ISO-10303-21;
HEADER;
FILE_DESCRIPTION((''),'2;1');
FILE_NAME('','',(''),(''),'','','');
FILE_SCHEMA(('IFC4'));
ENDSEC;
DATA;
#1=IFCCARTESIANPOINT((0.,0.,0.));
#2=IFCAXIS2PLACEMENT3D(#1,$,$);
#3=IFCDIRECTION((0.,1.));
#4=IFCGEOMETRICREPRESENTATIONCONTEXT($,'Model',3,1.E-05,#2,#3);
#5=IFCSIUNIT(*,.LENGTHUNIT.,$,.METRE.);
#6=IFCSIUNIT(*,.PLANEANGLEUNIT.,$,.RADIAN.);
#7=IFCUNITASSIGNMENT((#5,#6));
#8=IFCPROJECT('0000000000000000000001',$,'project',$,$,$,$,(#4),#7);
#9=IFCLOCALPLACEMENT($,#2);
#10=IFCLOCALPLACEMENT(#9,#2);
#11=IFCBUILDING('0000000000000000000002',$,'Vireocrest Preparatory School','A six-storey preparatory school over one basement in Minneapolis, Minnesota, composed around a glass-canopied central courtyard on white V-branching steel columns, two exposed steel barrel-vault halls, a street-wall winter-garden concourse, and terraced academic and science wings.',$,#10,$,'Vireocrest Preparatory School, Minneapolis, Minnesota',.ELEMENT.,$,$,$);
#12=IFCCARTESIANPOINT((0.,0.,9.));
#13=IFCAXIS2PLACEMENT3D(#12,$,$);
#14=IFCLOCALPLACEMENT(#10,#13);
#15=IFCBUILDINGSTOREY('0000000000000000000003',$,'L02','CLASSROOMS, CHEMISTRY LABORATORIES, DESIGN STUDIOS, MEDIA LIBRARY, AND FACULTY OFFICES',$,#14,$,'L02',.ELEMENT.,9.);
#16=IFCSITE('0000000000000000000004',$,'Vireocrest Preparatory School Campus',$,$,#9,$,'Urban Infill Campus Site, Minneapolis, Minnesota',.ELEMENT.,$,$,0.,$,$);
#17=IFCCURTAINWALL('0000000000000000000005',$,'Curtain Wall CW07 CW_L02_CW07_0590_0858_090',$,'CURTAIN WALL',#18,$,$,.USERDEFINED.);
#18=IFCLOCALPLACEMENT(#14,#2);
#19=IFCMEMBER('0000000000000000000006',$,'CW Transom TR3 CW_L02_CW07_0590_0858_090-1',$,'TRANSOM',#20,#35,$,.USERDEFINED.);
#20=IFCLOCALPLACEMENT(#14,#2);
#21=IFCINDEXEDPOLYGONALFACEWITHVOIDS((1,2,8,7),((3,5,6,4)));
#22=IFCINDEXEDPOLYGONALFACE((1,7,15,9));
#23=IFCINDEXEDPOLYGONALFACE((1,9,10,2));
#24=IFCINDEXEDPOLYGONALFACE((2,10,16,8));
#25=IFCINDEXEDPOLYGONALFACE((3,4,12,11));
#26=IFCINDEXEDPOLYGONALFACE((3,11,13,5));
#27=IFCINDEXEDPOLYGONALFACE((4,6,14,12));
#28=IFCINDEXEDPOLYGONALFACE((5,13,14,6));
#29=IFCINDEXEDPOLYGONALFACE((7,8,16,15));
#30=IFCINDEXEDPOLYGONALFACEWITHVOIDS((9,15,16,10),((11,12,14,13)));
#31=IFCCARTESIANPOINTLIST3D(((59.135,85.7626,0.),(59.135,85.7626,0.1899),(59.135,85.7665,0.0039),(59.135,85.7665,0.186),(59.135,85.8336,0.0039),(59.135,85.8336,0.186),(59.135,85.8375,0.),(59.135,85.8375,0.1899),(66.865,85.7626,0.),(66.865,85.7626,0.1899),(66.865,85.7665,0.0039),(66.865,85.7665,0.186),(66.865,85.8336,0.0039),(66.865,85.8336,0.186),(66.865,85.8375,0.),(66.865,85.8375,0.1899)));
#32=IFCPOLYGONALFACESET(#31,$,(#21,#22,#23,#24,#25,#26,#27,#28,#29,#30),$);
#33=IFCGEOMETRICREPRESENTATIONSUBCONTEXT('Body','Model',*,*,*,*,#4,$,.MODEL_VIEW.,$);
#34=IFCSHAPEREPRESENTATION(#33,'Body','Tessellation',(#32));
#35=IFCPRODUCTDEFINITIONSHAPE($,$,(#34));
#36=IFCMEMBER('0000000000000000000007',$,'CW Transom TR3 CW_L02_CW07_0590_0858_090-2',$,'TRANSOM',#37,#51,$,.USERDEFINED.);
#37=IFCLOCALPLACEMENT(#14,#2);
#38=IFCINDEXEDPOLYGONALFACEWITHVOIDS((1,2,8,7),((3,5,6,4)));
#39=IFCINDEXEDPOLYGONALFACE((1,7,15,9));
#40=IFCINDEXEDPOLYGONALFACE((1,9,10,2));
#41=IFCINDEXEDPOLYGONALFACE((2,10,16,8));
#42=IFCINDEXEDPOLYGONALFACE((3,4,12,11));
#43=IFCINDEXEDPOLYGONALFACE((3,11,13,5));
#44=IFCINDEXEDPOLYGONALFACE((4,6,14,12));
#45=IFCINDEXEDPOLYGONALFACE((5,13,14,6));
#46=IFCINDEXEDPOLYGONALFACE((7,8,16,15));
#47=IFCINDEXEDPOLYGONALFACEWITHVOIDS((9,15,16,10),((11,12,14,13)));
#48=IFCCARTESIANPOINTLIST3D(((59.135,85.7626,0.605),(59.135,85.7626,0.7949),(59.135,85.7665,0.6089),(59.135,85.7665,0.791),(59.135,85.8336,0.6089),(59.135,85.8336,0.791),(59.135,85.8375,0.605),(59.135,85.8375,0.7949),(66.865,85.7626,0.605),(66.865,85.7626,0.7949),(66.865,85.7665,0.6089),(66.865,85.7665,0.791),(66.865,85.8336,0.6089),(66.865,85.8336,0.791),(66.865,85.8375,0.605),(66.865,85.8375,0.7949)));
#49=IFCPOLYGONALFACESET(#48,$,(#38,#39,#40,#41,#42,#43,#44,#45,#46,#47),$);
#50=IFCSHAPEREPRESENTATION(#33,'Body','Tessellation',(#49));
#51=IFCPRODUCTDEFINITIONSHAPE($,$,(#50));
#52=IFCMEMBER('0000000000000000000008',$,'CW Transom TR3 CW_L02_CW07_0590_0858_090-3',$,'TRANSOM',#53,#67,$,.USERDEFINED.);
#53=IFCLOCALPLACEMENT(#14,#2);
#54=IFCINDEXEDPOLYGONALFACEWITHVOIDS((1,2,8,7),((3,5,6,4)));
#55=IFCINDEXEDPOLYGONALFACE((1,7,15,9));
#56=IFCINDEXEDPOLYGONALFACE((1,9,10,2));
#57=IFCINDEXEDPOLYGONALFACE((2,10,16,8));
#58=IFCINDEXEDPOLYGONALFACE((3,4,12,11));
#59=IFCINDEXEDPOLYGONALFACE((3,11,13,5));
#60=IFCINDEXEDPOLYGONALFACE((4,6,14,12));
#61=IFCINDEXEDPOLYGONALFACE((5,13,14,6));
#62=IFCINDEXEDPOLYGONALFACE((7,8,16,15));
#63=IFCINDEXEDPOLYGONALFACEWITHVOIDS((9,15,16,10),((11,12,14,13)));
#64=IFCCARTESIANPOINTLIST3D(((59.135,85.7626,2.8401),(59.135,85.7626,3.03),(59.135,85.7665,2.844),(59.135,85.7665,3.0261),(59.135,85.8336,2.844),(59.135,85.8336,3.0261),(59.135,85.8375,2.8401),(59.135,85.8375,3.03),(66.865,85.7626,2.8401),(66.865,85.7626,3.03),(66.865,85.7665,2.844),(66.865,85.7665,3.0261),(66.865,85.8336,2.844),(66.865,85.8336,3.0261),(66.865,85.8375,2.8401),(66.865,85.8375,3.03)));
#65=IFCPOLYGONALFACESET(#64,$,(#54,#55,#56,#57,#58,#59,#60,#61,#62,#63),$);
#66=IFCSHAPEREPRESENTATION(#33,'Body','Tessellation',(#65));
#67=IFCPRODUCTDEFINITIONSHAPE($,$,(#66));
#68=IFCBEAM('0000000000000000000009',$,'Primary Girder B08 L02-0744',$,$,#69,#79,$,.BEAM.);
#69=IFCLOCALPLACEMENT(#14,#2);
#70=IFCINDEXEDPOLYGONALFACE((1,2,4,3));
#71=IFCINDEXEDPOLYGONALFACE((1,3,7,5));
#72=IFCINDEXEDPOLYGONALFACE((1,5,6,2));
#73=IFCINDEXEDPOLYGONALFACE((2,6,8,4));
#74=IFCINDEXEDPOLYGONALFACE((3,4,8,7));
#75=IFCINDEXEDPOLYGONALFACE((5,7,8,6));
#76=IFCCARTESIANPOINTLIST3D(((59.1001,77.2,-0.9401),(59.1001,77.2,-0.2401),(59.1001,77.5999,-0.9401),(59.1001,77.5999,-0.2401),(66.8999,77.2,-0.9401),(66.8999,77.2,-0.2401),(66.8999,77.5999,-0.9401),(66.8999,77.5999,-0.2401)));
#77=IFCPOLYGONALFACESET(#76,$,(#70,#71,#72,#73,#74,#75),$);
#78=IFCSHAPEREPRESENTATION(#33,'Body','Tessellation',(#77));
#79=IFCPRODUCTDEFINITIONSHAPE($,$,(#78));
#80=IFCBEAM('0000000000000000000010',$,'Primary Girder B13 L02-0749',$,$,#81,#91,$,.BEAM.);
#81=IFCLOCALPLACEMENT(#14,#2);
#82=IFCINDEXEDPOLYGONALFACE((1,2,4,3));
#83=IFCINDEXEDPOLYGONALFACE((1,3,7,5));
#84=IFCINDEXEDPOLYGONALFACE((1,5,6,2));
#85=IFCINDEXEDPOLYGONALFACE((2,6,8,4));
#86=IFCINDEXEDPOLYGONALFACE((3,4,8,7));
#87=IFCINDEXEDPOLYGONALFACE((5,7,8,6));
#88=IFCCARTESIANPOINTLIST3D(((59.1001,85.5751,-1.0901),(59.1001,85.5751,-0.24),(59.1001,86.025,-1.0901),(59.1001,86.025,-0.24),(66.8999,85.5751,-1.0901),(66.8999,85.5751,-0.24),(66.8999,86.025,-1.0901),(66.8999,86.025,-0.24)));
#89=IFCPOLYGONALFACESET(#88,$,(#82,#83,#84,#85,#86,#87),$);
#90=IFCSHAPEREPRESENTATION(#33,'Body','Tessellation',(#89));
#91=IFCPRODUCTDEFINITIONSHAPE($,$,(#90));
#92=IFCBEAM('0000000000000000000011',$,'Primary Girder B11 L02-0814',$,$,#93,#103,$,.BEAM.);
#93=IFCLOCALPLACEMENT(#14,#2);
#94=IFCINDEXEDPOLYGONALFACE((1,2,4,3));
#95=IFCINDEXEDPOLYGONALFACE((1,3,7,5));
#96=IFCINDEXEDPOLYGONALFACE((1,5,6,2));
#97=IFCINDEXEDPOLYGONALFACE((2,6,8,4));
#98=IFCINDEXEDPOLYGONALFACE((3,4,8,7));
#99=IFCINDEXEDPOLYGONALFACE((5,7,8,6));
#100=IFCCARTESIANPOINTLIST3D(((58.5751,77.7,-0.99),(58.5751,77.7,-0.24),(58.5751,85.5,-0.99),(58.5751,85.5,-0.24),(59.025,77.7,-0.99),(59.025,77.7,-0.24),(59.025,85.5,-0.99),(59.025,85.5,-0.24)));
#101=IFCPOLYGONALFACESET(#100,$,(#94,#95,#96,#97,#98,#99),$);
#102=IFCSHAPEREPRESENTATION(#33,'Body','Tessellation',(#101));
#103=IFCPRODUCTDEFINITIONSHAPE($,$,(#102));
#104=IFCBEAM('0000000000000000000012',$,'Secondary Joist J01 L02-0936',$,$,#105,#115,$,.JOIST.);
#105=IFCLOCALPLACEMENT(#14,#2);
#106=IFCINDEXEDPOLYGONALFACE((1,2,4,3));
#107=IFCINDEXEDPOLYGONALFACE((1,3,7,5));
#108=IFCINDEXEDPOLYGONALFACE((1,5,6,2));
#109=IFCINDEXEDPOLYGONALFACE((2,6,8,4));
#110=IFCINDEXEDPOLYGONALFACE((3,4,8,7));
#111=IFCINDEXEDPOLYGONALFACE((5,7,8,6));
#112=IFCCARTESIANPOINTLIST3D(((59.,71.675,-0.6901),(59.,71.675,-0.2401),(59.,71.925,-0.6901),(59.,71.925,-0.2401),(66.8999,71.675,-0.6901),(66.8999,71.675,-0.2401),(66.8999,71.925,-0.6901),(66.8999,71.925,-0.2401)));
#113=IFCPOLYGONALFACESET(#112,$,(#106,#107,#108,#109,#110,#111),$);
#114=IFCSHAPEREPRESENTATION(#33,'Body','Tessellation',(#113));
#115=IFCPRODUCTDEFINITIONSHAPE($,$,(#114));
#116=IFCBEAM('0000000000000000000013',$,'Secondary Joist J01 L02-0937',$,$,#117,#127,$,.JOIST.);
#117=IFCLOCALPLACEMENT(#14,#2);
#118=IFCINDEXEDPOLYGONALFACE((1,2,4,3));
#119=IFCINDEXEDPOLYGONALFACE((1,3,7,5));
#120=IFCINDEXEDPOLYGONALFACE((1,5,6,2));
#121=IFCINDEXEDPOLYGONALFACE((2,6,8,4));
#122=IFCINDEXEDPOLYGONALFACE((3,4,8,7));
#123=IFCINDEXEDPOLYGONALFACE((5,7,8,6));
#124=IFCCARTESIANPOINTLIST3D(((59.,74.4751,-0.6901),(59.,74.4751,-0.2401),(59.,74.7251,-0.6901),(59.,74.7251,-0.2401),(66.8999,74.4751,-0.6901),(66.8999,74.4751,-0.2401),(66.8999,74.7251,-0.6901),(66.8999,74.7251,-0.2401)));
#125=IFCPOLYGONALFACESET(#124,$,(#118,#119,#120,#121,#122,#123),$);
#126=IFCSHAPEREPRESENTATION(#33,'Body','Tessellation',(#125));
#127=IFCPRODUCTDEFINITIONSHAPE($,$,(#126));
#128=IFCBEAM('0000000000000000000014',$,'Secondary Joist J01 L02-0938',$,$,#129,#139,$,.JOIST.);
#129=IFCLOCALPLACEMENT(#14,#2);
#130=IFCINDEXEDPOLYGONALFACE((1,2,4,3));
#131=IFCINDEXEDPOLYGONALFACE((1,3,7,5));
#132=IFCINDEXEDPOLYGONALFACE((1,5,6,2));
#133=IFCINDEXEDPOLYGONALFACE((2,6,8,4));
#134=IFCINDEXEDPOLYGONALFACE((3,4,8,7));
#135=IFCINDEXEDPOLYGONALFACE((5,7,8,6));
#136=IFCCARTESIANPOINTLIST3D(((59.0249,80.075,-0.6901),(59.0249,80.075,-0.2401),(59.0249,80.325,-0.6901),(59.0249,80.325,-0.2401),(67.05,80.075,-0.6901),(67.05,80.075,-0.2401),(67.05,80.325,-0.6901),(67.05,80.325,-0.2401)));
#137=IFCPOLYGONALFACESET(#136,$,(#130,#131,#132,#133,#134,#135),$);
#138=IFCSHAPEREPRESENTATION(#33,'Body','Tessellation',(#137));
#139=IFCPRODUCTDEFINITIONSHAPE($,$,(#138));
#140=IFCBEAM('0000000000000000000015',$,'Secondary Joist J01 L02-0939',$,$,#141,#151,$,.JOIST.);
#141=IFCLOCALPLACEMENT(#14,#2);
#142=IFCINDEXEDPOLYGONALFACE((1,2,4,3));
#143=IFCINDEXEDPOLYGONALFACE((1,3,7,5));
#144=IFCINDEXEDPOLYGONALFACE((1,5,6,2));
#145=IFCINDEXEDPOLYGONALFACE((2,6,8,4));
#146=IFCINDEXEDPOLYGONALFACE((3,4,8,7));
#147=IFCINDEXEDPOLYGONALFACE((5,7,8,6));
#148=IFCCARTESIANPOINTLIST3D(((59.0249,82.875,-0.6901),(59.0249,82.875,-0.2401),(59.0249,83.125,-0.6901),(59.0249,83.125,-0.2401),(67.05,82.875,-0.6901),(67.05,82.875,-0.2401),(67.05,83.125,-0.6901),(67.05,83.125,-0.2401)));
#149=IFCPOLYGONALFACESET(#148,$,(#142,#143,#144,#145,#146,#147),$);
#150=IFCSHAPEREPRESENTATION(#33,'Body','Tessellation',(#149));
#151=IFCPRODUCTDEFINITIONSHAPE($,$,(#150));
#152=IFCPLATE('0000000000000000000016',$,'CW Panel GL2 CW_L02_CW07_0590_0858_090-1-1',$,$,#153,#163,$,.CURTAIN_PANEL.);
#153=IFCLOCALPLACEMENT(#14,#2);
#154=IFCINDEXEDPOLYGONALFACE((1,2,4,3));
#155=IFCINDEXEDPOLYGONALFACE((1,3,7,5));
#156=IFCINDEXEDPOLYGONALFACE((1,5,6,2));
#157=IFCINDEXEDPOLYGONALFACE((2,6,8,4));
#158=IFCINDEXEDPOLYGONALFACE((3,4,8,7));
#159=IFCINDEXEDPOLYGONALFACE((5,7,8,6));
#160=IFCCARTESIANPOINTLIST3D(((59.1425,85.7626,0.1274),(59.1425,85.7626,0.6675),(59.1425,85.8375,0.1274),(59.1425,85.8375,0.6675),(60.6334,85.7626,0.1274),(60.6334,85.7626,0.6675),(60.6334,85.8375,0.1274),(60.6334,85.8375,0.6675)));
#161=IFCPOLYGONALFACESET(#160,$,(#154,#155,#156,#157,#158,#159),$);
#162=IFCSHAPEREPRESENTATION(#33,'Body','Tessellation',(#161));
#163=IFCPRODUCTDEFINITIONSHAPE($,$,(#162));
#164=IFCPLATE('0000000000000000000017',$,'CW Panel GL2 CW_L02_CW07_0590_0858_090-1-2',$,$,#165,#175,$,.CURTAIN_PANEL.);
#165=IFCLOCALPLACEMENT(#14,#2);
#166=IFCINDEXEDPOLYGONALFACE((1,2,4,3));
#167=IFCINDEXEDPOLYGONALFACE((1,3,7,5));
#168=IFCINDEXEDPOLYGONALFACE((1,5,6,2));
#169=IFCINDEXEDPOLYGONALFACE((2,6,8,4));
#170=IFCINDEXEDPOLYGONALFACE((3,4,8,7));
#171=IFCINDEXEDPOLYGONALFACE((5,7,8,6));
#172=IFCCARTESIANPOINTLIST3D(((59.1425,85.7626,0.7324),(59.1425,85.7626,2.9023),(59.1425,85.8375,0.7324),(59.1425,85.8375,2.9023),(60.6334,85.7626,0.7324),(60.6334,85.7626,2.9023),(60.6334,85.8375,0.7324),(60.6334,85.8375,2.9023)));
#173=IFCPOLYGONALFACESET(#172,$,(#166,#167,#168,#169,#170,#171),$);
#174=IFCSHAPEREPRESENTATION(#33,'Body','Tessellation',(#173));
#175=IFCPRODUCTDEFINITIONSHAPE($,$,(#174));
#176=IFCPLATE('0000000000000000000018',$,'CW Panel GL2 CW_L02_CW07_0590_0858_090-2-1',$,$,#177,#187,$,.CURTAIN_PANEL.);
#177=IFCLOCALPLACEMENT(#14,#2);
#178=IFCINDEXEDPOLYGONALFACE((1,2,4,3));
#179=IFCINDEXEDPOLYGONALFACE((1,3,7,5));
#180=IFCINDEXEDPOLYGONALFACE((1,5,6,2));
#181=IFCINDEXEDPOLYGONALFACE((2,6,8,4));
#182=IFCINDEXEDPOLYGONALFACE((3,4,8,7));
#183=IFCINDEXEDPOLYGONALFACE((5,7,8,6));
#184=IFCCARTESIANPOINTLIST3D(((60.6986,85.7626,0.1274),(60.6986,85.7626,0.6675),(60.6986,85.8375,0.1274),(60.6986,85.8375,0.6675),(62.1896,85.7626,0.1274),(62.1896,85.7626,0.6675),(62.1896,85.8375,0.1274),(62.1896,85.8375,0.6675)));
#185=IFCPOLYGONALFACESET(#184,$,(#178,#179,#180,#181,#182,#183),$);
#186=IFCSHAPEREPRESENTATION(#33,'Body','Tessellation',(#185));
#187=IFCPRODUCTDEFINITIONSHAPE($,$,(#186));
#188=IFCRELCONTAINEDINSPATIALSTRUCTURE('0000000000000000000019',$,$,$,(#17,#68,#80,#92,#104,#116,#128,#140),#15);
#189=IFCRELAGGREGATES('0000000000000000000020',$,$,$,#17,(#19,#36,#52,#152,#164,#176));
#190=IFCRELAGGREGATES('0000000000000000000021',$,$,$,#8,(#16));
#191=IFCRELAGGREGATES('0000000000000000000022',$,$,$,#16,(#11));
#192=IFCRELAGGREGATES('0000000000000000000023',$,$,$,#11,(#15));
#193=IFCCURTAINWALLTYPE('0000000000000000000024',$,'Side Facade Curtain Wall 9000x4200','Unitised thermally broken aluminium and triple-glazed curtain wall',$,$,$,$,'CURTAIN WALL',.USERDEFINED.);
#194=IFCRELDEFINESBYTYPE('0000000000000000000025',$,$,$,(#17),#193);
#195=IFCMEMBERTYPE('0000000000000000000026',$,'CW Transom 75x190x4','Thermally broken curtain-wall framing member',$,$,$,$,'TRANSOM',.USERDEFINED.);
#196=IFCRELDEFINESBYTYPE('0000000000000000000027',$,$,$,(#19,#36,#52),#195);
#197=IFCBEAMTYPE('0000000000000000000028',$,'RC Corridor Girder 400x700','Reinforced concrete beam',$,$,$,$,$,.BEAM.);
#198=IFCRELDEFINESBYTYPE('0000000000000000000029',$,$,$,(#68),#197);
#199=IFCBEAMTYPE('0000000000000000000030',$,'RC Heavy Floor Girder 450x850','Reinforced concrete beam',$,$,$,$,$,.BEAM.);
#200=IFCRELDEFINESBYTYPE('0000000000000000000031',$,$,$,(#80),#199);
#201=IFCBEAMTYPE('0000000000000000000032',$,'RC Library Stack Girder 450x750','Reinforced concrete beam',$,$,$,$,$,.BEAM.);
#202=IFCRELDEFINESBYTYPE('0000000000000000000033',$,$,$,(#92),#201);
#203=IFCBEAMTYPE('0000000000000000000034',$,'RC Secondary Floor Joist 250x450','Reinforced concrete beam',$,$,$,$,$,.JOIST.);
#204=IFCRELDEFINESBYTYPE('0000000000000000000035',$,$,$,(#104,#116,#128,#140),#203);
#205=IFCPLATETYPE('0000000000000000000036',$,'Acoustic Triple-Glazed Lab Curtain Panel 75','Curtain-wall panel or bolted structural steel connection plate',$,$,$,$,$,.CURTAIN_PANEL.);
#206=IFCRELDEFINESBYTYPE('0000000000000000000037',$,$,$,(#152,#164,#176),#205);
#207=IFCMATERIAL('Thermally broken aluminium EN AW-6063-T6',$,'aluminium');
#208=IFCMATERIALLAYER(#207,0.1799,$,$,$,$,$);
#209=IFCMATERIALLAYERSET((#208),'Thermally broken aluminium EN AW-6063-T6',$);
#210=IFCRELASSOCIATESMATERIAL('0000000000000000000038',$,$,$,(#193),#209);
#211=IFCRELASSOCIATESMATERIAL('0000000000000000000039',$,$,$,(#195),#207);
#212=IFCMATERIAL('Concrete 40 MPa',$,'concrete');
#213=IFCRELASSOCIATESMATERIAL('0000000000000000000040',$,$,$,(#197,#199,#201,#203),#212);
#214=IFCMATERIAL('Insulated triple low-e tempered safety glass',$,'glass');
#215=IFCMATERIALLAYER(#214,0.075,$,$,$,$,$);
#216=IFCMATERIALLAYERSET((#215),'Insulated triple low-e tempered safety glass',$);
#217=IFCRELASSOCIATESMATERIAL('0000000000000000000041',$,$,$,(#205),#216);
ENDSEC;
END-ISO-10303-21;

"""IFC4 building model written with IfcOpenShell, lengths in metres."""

from ifc_helpers import new_model, si_unit, direction, frame, origin, origin_2d, place, context, subcontext, project, spatial, rectangle, hollow_rectangle, extrude, material, layer, layer_set, material_profile, profile_set, type_object, element, aggregate, save


model = new_model("IFC4")

# Units and contexts
model_context = context("Model", 3, precision=1e-05, world=origin(), true_north=direction((0.0, 1.0)))
body_context = subcontext(model_context, "Body", "Model", "MODEL_VIEW")
ifc_project = project(units=[si_unit("LENGTHUNIT", "METRE"), si_unit("PLANEANGLEUNIT", "RADIAN")], contexts=[model_context])

# Site, building, storey
site_placement = place(None, origin())
site = spatial("IfcSite", under=ifc_project, at=site_placement, Name="Vireocrest Preparatory School Campus", LongName="Urban Infill Campus Site, Minneapolis, Minnesota", CompositionType="ELEMENT", RefElevation=0.0)
building_placement = place(site_placement, origin())
building = spatial("IfcBuilding", under=site, at=building_placement, Name="Vireocrest Preparatory School", Description="A six-storey preparatory school over one basement in Minneapolis, Minnesota, composed around a glass-canopied central courtyard on white V-branching steel columns, two exposed steel barrel-vault halls, a street-wall winter-garden concourse, and terraced academic and science wings.", LongName="Vireocrest Preparatory School, Minneapolis, Minnesota", CompositionType="ELEMENT")
storey_placement = place(building_placement, frame((0.0, 0.0, 9.0)))
storey = spatial("IfcBuildingStorey", under=building, at=storey_placement, Name="L02", Description="CLASSROOMS, CHEMISTRY LABORATORIES, DESIGN STUDIOS, MEDIA LIBRARY, AND FACULTY OFFICES", LongName="L02", CompositionType="ELEMENT", Elevation=9.0)

# Shared definitions
ifc_material_1 = material(Name="Thermally broken aluminium EN AW-6063-T6", Category="aluminium")

# Curtain wall
ifc_layer_1 = layer(ifc_material_1, 0.1799)
ifc_layer_set_1 = layer_set([ifc_layer_1], Name="Thermally broken aluminium EN AW-6063-T6")
curtain_wall_type_1 = type_object("IfcCurtainWallType", Name="Side Facade Curtain Wall 9000x4200", Description="Unitised thermally broken aluminium and triple-glazed curtain wall", ElementType="CURTAIN WALL", PredefinedType="USERDEFINED", material=ifc_layer_set_1)
curtain_wall_1_placement = place(storey_placement, origin())
curtain_wall_1 = element("IfcCurtainWall", 1, at=curtain_wall_1_placement, inside=storey, type_object=curtain_wall_type_1, Name="Curtain Wall CW07 CW_L02_CW07_0590_0858_090", ObjectType="CURTAIN WALL", PredefinedType="USERDEFINED")

# Members
ifc_material_profile_1 = material_profile(ifc_material_1, hollow_rectangle(XDim=0.075, YDim=0.1899, WallThickness=0.0039, at=origin_2d()), Name="ALU 75x190x4")
ifc_profile_set_1 = profile_set([ifc_material_profile_1], Name="Thermally broken aluminium EN AW-6063-T6")
member_type_1 = type_object("IfcMemberType", Name="CW Transom 75x190x4", Description="Thermally broken curtain-wall framing member", ElementType="TRANSOM", PredefinedType="USERDEFINED", material=ifc_profile_set_1)
member_1_placement = place(storey_placement, frame((59.135, 85.8, 0.095), z_axis=(1.0, 0.0, 0.0), x_axis=(0.0, 1.0, 0.0)))
member_1 = element("IfcMember", 2, at=member_1_placement, type_object=member_type_1, Name="CW Transom TR3 CW_L02_CW07_0590_0858_090-1", ObjectType="TRANSOM", PredefinedType="USERDEFINED", context=body_context, shape_type="SweptSolid", body=[
    extrude(hollow_rectangle(XDim=0.075, YDim=0.1899, WallThickness=0.0039, at=origin_2d()), origin(), (0.0, 0.0, 1.0), 7.73),
])
member_2_placement = place(storey_placement, frame((59.135, 85.8, 0.7), z_axis=(1.0, 0.0, 0.0), x_axis=(0.0, 1.0, 0.0)))
member_2 = element("IfcMember", 3, at=member_2_placement, type_object=member_type_1, Name="CW Transom TR3 CW_L02_CW07_0590_0858_090-2", ObjectType="TRANSOM", PredefinedType="USERDEFINED", context=body_context, shape_type="SweptSolid", body=[
    extrude(hollow_rectangle(XDim=0.075, YDim=0.1899, WallThickness=0.0039, at=origin_2d()), origin(), (0.0, 0.0, 1.0), 7.73),
])
member_3_placement = place(storey_placement, frame((59.135, 85.8, 2.9351), z_axis=(1.0, 0.0, 0.0), x_axis=(0.0, 1.0, 0.0)))
member_3 = element("IfcMember", 4, at=member_3_placement, type_object=member_type_1, Name="CW Transom TR3 CW_L02_CW07_0590_0858_090-3", ObjectType="TRANSOM", PredefinedType="USERDEFINED", context=body_context, shape_type="SweptSolid", body=[
    extrude(hollow_rectangle(XDim=0.075, YDim=0.1899, WallThickness=0.0039, at=origin_2d()), origin(), (0.0, 0.0, 1.0), 7.73),
])

# Beams
ifc_material_2 = material(Name="Concrete 40 MPa", Category="concrete")
ifc_material_profile_2 = material_profile(ifc_material_2, rectangle(XDim=0.3999, YDim=0.7, at=origin_2d()), Name="RC 400x700")
ifc_profile_set_2 = profile_set([ifc_material_profile_2], Name="Concrete 40 MPa")
beam_type_1 = type_object("IfcBeamType", Name="RC Corridor Girder 400x700", Description="Reinforced concrete beam", PredefinedType="BEAM", material=ifc_profile_set_2)
beam_1_placement = place(storey_placement, frame((59.1001, 77.3999, -0.5901), z_axis=(1.0, 0.0, 0.0), x_axis=(0.0, 1.0, 0.0)))
element("IfcBeam", 5, at=beam_1_placement, inside=storey, type_object=beam_type_1, Name="Primary Girder B08 L02-0744", PredefinedType="BEAM", context=body_context, shape_type="SweptSolid", body=[
    extrude(rectangle(XDim=0.3999, YDim=0.7, at=origin_2d()), origin(), (0.0, 0.0, 1.0), 7.7998),
])
ifc_material_profile_3 = material_profile(ifc_material_2, rectangle(XDim=0.45, YDim=0.8501, at=origin_2d()), Name="RC 450x850")
ifc_profile_set_3 = profile_set([ifc_material_profile_3], Name="Concrete 40 MPa")
beam_type_2 = type_object("IfcBeamType", Name="RC Heavy Floor Girder 450x850", Description="Reinforced concrete beam", PredefinedType="BEAM", material=ifc_profile_set_3)
beam_2_placement = place(storey_placement, frame((59.1001, 85.8, -0.665), z_axis=(1.0, 0.0, 0.0), x_axis=(0.0, 1.0, 0.0)))
element("IfcBeam", 6, at=beam_2_placement, inside=storey, type_object=beam_type_2, Name="Primary Girder B13 L02-0749", PredefinedType="BEAM", context=body_context, shape_type="SweptSolid", body=[
    extrude(rectangle(XDim=0.45, YDim=0.8501, at=origin_2d()), origin(), (0.0, 0.0, 1.0), 7.7998),
])
ifc_material_profile_4 = material_profile(ifc_material_2, rectangle(XDim=0.45, YDim=0.75, at=origin_2d()), Name="RC 450x750")
ifc_profile_set_4 = profile_set([ifc_material_profile_4], Name="Concrete 40 MPa")
beam_type_3 = type_object("IfcBeamType", Name="RC Library Stack Girder 450x750", Description="Reinforced concrete beam", PredefinedType="BEAM", material=ifc_profile_set_4)
beam_3_placement = place(storey_placement, frame((58.8, 77.7, -0.615), z_axis=(0.0, 1.0, 0.0), x_axis=(-1.0, 0.0, 0.0)))
element("IfcBeam", 7, at=beam_3_placement, inside=storey, type_object=beam_type_3, Name="Primary Girder B11 L02-0814", PredefinedType="BEAM", context=body_context, shape_type="SweptSolid", body=[
    extrude(rectangle(XDim=0.45, YDim=0.75, at=origin_2d()), origin(), (0.0, 0.0, 1.0), 7.8),
])
ifc_material_profile_5 = material_profile(ifc_material_2, rectangle(XDim=0.25, YDim=0.45, at=origin_2d()), Name="RC 250x450")
ifc_profile_set_5 = profile_set([ifc_material_profile_5], Name="Concrete 40 MPa")
beam_type_4 = type_object("IfcBeamType", Name="RC Secondary Floor Joist 250x450", Description="Reinforced concrete beam", PredefinedType="JOIST", material=ifc_profile_set_5)
for number, where, z_axis, x_axis, name in (
    (8, (59.0, 71.8, -0.4651), (1.0, 0.0, 0.0), (0.0, 1.0, 0.0), "Secondary Joist J01 L02-0936"),
    (9, (59.0, 74.6001, -0.4651), (1.0, 0.0, 0.0), (0.0, 1.0, 0.0), "Secondary Joist J01 L02-0937"),
):
    element("IfcBeam", number, at=place(storey_placement, frame(where, z_axis=z_axis, x_axis=x_axis)), inside=storey, type_object=beam_type_4, Name=name, PredefinedType="JOIST", context=body_context, shape_type="SweptSolid", body=[
        extrude(rectangle(XDim=0.25, YDim=0.45, at=origin_2d()), origin(), (0.0, 0.0, 1.0), 7.8999),
    ])
for number, where, z_axis, x_axis, name in (
    (10, (59.0249, 80.2, -0.4651), (1.0, 0.0, 0.0), (0.0, 1.0, 0.0), "Secondary Joist J01 L02-0938"),
    (11, (59.0249, 83.0, -0.4651), (1.0, 0.0, 0.0), (0.0, 1.0, 0.0), "Secondary Joist J01 L02-0939"),
):
    element("IfcBeam", number, at=place(storey_placement, frame(where, z_axis=z_axis, x_axis=x_axis)), inside=storey, type_object=beam_type_4, Name=name, PredefinedType="JOIST", context=body_context, shape_type="SweptSolid", body=[
        extrude(rectangle(XDim=0.25, YDim=0.45, at=origin_2d()), origin(), (0.0, 0.0, 1.0), 8.0251),
    ])

# Plates
ifc_material_3 = material(Name="Insulated triple low-e tempered safety glass", Category="glass")
ifc_layer_2 = layer(ifc_material_3, 0.075)
ifc_layer_set_2 = layer_set([ifc_layer_2], Name="Insulated triple low-e tempered safety glass")
plate_type_1 = type_object("IfcPlateType", Name="Acoustic Triple-Glazed Lab Curtain Panel 75", Description="Curtain-wall panel or bolted structural steel connection plate", PredefinedType="CURTAIN_PANEL", material=ifc_layer_set_2)
plate_1_placement = place(storey_placement, frame((59.8879, 85.8, 0.1274), z_axis=(0.0, 0.0, 1.0), x_axis=(1.0, 0.0, 0.0)))
plate_1 = element("IfcPlate", 12, at=plate_1_placement, type_object=plate_type_1, Name="CW Panel GL2 CW_L02_CW07_0590_0858_090-1-1", PredefinedType="CURTAIN_PANEL", context=body_context, shape_type="SweptSolid", body=[
    extrude(rectangle(XDim=1.491, YDim=0.075, at=origin_2d()), origin(), (0.0, 0.0, 1.0), 0.54),
])
plate_2_placement = place(storey_placement, frame((59.8879, 85.8, 0.7324), z_axis=(0.0, 0.0, 1.0), x_axis=(1.0, 0.0, 0.0)))
plate_2 = element("IfcPlate", 13, at=plate_2_placement, type_object=plate_type_1, Name="CW Panel GL2 CW_L02_CW07_0590_0858_090-1-2", PredefinedType="CURTAIN_PANEL", context=body_context, shape_type="SweptSolid", body=[
    extrude(rectangle(XDim=1.491, YDim=0.075, at=origin_2d()), origin(), (0.0, 0.0, 1.0), 2.1699),
])
plate_3_placement = place(storey_placement, frame((61.4441, 85.8, 0.1274), z_axis=(0.0, 0.0, 1.0), x_axis=(1.0, 0.0, 0.0)))
plate_3 = element("IfcPlate", 14, at=plate_3_placement, type_object=plate_type_1, Name="CW Panel GL2 CW_L02_CW07_0590_0858_090-2-1", PredefinedType="CURTAIN_PANEL", context=body_context, shape_type="SweptSolid", body=[
    extrude(rectangle(XDim=1.491, YDim=0.075, at=origin_2d()), origin(), (0.0, 0.0, 1.0), 0.54),
])
aggregate(curtain_wall_1, [member_1, member_2, member_3, plate_1, plate_2, plate_3])

save(model, "model.ifc")
